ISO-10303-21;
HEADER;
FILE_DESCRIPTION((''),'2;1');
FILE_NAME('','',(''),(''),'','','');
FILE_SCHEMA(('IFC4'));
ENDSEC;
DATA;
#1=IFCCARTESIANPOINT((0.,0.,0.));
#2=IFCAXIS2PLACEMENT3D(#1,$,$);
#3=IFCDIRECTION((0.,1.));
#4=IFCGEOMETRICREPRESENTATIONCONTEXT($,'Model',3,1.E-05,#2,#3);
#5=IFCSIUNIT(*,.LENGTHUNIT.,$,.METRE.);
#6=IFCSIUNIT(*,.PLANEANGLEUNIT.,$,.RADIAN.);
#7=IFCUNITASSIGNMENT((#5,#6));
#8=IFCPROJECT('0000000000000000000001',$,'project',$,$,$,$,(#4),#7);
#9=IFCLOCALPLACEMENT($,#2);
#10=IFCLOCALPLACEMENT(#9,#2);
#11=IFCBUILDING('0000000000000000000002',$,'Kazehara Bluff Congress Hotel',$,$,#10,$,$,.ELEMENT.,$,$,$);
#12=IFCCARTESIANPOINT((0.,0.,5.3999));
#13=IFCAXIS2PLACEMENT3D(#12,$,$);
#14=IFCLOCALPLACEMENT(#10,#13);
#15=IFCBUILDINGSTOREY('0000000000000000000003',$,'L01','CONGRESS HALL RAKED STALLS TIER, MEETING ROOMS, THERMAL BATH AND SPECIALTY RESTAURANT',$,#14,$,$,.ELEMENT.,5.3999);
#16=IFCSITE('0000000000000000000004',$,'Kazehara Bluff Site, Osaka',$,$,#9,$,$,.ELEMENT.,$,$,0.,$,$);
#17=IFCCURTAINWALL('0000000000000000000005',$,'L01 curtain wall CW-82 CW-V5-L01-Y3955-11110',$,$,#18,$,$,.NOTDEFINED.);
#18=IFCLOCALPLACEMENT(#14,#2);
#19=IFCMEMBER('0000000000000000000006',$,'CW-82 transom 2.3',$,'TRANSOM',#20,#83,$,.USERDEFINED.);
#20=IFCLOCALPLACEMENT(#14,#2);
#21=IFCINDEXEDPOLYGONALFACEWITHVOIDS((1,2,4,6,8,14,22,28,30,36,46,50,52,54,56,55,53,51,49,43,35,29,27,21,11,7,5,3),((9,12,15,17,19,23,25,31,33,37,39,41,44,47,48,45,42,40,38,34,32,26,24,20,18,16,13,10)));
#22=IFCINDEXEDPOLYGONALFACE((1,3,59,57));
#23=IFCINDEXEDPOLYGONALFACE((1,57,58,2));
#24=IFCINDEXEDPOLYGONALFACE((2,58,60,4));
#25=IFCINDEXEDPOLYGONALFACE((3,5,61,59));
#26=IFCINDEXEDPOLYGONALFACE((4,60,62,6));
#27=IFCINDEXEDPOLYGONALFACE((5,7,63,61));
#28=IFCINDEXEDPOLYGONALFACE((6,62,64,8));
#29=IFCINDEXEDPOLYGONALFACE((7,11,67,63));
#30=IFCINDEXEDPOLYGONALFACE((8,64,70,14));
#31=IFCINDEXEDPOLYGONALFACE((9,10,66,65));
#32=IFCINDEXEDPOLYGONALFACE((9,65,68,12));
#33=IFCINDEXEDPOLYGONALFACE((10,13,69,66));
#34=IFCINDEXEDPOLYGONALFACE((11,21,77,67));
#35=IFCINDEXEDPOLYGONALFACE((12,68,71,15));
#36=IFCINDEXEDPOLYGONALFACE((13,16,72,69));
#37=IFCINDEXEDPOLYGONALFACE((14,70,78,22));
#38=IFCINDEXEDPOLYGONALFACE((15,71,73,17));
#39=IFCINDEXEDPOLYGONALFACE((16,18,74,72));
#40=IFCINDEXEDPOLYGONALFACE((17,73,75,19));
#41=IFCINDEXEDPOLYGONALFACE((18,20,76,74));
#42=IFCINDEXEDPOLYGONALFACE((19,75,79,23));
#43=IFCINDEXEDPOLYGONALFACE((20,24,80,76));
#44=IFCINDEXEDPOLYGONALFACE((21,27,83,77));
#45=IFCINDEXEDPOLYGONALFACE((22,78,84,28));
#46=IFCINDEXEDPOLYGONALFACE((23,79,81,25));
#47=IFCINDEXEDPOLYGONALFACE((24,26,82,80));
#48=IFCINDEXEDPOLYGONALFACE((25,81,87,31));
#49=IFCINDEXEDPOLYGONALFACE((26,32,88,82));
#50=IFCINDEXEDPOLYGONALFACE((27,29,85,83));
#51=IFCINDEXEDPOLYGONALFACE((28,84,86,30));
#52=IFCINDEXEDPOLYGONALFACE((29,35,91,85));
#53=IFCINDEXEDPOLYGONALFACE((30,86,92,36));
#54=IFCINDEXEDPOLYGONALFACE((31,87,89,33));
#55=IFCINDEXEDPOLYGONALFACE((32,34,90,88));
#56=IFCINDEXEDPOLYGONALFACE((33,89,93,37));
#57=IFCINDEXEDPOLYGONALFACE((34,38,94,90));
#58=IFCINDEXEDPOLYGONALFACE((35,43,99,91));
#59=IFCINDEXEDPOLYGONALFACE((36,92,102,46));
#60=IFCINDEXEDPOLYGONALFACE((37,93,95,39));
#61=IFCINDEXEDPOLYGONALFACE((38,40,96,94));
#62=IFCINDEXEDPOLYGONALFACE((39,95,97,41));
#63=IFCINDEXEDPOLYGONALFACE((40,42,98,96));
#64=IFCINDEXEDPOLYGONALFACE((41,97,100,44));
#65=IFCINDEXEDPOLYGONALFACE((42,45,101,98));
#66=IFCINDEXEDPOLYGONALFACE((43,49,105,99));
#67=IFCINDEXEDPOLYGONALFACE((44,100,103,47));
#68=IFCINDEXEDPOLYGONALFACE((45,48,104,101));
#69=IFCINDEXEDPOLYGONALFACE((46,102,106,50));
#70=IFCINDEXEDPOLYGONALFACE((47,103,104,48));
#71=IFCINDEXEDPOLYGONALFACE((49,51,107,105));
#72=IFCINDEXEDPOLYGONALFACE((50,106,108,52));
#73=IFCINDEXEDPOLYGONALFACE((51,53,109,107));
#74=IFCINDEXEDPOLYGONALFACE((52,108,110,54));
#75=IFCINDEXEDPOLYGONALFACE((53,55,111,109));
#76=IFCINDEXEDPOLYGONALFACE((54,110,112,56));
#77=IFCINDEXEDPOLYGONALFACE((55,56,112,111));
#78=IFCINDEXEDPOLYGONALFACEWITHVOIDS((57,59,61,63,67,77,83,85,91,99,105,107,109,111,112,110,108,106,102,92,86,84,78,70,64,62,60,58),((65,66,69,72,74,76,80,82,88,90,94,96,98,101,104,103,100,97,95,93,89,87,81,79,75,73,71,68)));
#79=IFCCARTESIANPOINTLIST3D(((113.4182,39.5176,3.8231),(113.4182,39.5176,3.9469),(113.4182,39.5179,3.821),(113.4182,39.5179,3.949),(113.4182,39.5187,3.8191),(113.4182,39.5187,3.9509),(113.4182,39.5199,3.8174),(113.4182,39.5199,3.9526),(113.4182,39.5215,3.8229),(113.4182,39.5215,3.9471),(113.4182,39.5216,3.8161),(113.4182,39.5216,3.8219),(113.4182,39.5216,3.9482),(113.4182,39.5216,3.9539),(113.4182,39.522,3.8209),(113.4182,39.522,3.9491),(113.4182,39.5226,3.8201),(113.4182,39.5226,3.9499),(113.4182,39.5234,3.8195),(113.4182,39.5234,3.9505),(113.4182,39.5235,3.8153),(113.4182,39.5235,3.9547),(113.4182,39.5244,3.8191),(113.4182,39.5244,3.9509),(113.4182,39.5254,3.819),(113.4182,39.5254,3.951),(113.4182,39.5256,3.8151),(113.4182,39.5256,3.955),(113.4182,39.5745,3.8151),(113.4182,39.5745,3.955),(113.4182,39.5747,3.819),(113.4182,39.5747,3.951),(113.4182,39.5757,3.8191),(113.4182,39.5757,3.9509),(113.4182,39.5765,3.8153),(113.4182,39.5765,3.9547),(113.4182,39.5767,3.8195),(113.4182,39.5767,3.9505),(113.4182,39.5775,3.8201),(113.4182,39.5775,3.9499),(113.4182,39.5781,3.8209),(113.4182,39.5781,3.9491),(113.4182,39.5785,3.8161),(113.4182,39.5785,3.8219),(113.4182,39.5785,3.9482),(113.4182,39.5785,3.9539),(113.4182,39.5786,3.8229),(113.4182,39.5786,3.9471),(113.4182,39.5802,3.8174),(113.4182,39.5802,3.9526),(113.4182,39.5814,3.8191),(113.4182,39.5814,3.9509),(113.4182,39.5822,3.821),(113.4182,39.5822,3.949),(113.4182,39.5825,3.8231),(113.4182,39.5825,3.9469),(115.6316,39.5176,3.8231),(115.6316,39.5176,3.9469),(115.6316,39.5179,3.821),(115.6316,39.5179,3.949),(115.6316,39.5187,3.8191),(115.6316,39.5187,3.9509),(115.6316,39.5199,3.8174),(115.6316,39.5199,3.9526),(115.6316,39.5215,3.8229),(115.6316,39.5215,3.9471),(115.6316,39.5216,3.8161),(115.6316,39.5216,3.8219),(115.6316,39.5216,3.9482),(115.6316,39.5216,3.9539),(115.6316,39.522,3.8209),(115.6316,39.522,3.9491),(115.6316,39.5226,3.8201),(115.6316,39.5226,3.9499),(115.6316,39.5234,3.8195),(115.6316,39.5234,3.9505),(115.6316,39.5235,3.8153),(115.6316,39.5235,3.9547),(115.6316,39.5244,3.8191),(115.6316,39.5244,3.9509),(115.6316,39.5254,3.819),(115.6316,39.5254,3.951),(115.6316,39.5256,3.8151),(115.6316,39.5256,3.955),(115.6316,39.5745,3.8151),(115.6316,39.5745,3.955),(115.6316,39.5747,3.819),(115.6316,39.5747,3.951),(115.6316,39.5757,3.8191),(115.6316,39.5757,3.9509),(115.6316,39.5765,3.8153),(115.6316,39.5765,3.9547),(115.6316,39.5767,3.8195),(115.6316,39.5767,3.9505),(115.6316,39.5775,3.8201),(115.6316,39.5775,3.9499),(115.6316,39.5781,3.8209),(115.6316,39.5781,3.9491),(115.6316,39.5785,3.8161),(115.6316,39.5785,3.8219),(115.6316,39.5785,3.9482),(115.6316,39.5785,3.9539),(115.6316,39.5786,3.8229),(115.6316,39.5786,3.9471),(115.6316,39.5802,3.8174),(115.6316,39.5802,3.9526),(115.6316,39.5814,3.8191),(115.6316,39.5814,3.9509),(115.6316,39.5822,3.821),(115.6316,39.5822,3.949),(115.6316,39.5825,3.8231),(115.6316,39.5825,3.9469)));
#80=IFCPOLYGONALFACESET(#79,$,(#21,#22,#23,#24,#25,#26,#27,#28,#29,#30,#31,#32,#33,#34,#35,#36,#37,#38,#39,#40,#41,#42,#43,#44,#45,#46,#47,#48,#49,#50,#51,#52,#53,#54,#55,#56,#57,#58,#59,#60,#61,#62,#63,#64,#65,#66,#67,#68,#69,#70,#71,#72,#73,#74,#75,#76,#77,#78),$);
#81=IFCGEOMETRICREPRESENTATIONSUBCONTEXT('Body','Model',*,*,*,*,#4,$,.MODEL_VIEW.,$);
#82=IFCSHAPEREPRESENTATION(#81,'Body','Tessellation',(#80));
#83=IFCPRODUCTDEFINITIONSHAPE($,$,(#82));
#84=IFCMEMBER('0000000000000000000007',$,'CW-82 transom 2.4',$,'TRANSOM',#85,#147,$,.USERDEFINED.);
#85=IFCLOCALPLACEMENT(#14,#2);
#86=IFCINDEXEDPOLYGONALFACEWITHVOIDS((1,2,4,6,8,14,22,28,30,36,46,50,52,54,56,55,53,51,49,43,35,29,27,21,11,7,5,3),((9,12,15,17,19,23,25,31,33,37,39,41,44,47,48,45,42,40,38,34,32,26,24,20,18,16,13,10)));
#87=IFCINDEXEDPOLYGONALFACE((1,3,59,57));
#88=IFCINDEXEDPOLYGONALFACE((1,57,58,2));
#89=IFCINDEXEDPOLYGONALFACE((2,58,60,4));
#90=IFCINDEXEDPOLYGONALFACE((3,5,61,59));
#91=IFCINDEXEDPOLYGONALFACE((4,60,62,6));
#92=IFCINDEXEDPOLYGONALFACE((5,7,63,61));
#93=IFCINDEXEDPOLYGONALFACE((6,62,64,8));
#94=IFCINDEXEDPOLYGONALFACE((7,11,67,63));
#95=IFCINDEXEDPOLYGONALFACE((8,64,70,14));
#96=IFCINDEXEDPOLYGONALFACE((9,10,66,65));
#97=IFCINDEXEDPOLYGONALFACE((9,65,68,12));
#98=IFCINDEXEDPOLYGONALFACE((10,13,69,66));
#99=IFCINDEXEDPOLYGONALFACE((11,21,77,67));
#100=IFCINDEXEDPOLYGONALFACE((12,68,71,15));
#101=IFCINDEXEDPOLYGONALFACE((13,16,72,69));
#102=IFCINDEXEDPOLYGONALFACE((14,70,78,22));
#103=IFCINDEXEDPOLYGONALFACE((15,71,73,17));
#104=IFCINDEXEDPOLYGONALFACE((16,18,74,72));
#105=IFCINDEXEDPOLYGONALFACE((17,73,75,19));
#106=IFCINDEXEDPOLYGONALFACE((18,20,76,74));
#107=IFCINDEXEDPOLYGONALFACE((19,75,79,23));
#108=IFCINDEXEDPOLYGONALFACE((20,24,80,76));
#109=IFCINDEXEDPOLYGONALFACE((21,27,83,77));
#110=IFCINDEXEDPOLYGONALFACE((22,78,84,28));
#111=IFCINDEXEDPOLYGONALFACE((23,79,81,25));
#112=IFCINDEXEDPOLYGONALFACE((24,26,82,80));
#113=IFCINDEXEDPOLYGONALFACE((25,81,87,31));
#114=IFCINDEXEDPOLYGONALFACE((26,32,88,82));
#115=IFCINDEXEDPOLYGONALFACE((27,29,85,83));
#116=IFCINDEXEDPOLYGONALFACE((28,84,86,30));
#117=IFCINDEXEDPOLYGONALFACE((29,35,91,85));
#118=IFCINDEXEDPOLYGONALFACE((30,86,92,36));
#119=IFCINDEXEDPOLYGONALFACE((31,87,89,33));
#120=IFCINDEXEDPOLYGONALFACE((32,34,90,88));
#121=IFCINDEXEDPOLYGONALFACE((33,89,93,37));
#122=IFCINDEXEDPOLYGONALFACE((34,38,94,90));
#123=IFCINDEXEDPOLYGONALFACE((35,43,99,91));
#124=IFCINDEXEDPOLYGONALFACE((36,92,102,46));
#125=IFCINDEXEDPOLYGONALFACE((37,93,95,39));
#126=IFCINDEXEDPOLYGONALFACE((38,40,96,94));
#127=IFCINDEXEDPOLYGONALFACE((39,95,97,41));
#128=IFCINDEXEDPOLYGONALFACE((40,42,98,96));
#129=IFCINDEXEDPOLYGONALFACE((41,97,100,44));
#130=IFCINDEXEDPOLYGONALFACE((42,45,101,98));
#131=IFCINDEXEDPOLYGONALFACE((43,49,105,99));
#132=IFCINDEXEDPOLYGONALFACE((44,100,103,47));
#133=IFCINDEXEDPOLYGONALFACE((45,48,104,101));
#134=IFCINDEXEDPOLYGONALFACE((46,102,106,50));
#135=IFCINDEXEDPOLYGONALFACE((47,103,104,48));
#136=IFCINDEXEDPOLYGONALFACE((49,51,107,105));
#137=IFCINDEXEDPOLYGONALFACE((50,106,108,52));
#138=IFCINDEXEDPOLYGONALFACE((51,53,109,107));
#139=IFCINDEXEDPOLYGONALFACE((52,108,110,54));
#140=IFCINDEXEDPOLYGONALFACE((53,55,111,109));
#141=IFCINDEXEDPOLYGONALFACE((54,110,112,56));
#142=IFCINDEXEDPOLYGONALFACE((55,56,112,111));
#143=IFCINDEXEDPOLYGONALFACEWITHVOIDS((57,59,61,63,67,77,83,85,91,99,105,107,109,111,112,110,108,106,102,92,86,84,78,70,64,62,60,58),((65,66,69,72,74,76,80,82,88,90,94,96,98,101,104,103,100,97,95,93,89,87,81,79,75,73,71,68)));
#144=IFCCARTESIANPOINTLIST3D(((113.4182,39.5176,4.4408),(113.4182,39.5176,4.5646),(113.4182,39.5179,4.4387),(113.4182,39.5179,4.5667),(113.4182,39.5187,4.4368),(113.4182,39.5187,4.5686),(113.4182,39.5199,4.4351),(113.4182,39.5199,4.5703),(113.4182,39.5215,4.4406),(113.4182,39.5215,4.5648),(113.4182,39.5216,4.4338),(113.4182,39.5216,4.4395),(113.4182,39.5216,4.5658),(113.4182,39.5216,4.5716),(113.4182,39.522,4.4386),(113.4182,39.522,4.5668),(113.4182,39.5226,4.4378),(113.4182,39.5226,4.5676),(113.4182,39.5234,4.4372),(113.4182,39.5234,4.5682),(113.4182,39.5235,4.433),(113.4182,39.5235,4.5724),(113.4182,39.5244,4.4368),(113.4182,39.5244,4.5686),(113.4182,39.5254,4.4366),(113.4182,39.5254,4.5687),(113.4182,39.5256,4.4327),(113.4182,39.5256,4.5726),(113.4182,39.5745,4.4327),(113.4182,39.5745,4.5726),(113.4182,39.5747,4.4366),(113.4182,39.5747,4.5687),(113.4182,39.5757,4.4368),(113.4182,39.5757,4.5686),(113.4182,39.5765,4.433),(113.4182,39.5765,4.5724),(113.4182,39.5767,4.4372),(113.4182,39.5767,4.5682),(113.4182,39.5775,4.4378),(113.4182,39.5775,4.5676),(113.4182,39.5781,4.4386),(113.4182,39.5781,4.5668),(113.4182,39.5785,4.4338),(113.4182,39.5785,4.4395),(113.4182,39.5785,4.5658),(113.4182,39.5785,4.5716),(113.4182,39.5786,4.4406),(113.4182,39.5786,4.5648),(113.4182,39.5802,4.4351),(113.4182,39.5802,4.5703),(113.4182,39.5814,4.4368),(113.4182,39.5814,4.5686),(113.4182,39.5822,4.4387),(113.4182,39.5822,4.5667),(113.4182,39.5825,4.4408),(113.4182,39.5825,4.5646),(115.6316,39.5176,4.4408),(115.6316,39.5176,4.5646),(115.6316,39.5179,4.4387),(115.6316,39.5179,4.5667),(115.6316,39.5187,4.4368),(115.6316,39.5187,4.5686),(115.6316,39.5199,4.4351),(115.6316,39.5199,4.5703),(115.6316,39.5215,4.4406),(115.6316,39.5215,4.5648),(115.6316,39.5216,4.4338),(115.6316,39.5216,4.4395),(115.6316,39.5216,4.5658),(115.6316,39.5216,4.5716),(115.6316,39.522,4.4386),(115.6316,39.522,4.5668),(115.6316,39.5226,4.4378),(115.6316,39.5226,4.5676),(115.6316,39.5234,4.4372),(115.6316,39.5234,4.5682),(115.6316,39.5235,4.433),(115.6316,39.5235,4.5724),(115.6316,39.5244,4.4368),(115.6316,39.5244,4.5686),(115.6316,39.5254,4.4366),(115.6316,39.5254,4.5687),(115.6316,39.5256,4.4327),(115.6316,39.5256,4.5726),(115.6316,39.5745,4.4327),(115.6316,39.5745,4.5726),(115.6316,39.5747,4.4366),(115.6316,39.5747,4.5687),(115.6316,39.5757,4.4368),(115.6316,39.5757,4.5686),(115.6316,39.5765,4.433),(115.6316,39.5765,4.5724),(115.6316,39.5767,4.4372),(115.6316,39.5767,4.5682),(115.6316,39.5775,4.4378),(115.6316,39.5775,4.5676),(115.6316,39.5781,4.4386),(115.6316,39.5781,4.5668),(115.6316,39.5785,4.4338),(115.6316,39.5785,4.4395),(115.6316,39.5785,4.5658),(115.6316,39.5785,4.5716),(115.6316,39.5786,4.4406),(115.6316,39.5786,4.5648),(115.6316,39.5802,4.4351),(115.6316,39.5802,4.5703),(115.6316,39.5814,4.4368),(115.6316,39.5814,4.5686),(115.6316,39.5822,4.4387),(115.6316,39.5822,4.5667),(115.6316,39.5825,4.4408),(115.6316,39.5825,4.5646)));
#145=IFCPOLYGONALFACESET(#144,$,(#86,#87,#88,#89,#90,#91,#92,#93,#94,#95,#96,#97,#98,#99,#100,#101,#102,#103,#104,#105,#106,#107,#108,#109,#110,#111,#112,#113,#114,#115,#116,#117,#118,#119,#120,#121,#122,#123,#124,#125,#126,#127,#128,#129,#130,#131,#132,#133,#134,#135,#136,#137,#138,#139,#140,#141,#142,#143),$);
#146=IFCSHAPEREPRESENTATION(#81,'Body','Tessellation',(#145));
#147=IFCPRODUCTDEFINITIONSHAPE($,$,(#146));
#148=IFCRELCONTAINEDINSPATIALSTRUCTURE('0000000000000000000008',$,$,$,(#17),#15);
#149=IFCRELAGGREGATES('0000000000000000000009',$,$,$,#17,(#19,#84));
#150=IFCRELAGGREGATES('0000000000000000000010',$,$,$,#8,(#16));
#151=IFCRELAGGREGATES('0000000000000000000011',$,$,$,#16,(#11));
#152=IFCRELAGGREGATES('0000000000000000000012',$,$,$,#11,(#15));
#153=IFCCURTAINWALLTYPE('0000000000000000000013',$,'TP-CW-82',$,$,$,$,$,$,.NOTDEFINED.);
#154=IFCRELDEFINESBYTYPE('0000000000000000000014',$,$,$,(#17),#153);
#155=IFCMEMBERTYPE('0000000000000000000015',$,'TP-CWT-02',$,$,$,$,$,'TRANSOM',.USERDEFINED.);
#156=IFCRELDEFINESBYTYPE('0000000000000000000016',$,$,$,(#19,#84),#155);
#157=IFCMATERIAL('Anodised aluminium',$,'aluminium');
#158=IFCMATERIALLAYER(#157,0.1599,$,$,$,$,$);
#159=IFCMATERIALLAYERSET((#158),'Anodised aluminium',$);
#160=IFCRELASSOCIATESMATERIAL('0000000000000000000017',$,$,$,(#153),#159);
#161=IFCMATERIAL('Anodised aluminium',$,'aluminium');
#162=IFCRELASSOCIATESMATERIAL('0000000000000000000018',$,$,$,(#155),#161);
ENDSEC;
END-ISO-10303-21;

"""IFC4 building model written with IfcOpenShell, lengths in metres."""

from ifc_helpers import new_model, si_unit, direction, frame, origin, origin_2d, place, context, subcontext, project, spatial, hollow_rectangle, extrude, material, layer, layer_set, material_profile, profile_set, type_object, element, aggregate, save


model = new_model("IFC4")

# Units and contexts
model_context = context("Model", 3, precision=1e-05, world=origin(), true_north=direction((0.0, 1.0)))
body_context = subcontext(model_context, "Body", "Model", "MODEL_VIEW")
ifc_project = project(units=[si_unit("LENGTHUNIT", "METRE"), si_unit("PLANEANGLEUNIT", "RADIAN")], contexts=[model_context])

# Site, building, storey
site_placement = place(None, origin())
site = spatial("IfcSite", under=ifc_project, at=site_placement, Name="Kazehara Bluff Site, Osaka", CompositionType="ELEMENT", RefElevation=0.0)
building_placement = place(site_placement, origin())
building = spatial("IfcBuilding", under=site, at=building_placement, Name="Kazehara Bluff Congress Hotel", CompositionType="ELEMENT")
storey_placement = place(building_placement, frame((0.0, 0.0, 5.3999)))
storey = spatial("IfcBuildingStorey", under=building, at=storey_placement, Name="L01", Description="CONGRESS HALL RAKED STALLS TIER, MEETING ROOMS, THERMAL BATH AND SPECIALTY RESTAURANT", CompositionType="ELEMENT", Elevation=5.3999)

# Curtain wall, members
ifc_material_1 = material(Name="Anodised aluminium", Category="aluminium")
ifc_layer_1 = layer(ifc_material_1, 0.1599)
ifc_layer_set_1 = layer_set([ifc_layer_1], Name="Anodised aluminium")
curtain_wall_type = type_object("IfcCurtainWallType", Name="TP-CW-82", PredefinedType="NOTDEFINED", material=ifc_layer_set_1)
curtain_wall_placement = place(storey_placement, origin())
curtain_wall = element("IfcCurtainWall", 1, at=curtain_wall_placement, inside=storey, type_object=curtain_wall_type, Name="L01 curtain wall CW-82 CW-V5-L01-Y3955-11110", PredefinedType="NOTDEFINED")
ifc_material_2 = material(Name="Anodised aluminium", Category="aluminium")
ifc_material_profile_1 = material_profile(ifc_material_2, hollow_rectangle(XDim=0.0649, YDim=0.1399, WallThickness=0.0039, InnerFilletRadius=0.0039, OuterFilletRadius=0.0081, at=origin_2d()))
ifc_profile_set_1 = profile_set([ifc_material_profile_1], Name="Anodised aluminium")
member_type_1 = type_object("IfcMemberType", Name="TP-CWT-02", ElementType="TRANSOM", PredefinedType="USERDEFINED", material=ifc_profile_set_1)
member_1_placement = place(storey_placement, frame((113.4182, 39.55, 3.885), z_axis=(1.0, 0.0, 0.0), x_axis=(0.0, 1.0, 0.0)))
member_1 = element("IfcMember", 2, at=member_1_placement, type_object=member_type_1, Name="CW-82 transom 2.3", ObjectType="TRANSOM", PredefinedType="USERDEFINED", context=body_context, shape_type="SweptSolid", body=[
    extrude(hollow_rectangle(XDim=0.0649, YDim=0.1399, WallThickness=0.0039, InnerFilletRadius=0.0039, OuterFilletRadius=0.0081, at=origin_2d()), origin(), (0.0, 0.0, 1.0), 2.2134),
])
member_2_placement = place(storey_placement, frame((113.4182, 39.55, 4.5027), z_axis=(1.0, 0.0, 0.0), x_axis=(0.0, 1.0, 0.0)))
member_2 = element("IfcMember", 3, at=member_2_placement, type_object=member_type_1, Name="CW-82 transom 2.4", ObjectType="TRANSOM", PredefinedType="USERDEFINED", context=body_context, shape_type="SweptSolid", body=[
    extrude(hollow_rectangle(XDim=0.0649, YDim=0.1399, WallThickness=0.0039, InnerFilletRadius=0.0039, OuterFilletRadius=0.0081, at=origin_2d()), origin(), (0.0, 0.0, 1.0), 2.2134),
])

aggregate(curtain_wall, [member_1, member_2])

save(model, "model.ifc")
